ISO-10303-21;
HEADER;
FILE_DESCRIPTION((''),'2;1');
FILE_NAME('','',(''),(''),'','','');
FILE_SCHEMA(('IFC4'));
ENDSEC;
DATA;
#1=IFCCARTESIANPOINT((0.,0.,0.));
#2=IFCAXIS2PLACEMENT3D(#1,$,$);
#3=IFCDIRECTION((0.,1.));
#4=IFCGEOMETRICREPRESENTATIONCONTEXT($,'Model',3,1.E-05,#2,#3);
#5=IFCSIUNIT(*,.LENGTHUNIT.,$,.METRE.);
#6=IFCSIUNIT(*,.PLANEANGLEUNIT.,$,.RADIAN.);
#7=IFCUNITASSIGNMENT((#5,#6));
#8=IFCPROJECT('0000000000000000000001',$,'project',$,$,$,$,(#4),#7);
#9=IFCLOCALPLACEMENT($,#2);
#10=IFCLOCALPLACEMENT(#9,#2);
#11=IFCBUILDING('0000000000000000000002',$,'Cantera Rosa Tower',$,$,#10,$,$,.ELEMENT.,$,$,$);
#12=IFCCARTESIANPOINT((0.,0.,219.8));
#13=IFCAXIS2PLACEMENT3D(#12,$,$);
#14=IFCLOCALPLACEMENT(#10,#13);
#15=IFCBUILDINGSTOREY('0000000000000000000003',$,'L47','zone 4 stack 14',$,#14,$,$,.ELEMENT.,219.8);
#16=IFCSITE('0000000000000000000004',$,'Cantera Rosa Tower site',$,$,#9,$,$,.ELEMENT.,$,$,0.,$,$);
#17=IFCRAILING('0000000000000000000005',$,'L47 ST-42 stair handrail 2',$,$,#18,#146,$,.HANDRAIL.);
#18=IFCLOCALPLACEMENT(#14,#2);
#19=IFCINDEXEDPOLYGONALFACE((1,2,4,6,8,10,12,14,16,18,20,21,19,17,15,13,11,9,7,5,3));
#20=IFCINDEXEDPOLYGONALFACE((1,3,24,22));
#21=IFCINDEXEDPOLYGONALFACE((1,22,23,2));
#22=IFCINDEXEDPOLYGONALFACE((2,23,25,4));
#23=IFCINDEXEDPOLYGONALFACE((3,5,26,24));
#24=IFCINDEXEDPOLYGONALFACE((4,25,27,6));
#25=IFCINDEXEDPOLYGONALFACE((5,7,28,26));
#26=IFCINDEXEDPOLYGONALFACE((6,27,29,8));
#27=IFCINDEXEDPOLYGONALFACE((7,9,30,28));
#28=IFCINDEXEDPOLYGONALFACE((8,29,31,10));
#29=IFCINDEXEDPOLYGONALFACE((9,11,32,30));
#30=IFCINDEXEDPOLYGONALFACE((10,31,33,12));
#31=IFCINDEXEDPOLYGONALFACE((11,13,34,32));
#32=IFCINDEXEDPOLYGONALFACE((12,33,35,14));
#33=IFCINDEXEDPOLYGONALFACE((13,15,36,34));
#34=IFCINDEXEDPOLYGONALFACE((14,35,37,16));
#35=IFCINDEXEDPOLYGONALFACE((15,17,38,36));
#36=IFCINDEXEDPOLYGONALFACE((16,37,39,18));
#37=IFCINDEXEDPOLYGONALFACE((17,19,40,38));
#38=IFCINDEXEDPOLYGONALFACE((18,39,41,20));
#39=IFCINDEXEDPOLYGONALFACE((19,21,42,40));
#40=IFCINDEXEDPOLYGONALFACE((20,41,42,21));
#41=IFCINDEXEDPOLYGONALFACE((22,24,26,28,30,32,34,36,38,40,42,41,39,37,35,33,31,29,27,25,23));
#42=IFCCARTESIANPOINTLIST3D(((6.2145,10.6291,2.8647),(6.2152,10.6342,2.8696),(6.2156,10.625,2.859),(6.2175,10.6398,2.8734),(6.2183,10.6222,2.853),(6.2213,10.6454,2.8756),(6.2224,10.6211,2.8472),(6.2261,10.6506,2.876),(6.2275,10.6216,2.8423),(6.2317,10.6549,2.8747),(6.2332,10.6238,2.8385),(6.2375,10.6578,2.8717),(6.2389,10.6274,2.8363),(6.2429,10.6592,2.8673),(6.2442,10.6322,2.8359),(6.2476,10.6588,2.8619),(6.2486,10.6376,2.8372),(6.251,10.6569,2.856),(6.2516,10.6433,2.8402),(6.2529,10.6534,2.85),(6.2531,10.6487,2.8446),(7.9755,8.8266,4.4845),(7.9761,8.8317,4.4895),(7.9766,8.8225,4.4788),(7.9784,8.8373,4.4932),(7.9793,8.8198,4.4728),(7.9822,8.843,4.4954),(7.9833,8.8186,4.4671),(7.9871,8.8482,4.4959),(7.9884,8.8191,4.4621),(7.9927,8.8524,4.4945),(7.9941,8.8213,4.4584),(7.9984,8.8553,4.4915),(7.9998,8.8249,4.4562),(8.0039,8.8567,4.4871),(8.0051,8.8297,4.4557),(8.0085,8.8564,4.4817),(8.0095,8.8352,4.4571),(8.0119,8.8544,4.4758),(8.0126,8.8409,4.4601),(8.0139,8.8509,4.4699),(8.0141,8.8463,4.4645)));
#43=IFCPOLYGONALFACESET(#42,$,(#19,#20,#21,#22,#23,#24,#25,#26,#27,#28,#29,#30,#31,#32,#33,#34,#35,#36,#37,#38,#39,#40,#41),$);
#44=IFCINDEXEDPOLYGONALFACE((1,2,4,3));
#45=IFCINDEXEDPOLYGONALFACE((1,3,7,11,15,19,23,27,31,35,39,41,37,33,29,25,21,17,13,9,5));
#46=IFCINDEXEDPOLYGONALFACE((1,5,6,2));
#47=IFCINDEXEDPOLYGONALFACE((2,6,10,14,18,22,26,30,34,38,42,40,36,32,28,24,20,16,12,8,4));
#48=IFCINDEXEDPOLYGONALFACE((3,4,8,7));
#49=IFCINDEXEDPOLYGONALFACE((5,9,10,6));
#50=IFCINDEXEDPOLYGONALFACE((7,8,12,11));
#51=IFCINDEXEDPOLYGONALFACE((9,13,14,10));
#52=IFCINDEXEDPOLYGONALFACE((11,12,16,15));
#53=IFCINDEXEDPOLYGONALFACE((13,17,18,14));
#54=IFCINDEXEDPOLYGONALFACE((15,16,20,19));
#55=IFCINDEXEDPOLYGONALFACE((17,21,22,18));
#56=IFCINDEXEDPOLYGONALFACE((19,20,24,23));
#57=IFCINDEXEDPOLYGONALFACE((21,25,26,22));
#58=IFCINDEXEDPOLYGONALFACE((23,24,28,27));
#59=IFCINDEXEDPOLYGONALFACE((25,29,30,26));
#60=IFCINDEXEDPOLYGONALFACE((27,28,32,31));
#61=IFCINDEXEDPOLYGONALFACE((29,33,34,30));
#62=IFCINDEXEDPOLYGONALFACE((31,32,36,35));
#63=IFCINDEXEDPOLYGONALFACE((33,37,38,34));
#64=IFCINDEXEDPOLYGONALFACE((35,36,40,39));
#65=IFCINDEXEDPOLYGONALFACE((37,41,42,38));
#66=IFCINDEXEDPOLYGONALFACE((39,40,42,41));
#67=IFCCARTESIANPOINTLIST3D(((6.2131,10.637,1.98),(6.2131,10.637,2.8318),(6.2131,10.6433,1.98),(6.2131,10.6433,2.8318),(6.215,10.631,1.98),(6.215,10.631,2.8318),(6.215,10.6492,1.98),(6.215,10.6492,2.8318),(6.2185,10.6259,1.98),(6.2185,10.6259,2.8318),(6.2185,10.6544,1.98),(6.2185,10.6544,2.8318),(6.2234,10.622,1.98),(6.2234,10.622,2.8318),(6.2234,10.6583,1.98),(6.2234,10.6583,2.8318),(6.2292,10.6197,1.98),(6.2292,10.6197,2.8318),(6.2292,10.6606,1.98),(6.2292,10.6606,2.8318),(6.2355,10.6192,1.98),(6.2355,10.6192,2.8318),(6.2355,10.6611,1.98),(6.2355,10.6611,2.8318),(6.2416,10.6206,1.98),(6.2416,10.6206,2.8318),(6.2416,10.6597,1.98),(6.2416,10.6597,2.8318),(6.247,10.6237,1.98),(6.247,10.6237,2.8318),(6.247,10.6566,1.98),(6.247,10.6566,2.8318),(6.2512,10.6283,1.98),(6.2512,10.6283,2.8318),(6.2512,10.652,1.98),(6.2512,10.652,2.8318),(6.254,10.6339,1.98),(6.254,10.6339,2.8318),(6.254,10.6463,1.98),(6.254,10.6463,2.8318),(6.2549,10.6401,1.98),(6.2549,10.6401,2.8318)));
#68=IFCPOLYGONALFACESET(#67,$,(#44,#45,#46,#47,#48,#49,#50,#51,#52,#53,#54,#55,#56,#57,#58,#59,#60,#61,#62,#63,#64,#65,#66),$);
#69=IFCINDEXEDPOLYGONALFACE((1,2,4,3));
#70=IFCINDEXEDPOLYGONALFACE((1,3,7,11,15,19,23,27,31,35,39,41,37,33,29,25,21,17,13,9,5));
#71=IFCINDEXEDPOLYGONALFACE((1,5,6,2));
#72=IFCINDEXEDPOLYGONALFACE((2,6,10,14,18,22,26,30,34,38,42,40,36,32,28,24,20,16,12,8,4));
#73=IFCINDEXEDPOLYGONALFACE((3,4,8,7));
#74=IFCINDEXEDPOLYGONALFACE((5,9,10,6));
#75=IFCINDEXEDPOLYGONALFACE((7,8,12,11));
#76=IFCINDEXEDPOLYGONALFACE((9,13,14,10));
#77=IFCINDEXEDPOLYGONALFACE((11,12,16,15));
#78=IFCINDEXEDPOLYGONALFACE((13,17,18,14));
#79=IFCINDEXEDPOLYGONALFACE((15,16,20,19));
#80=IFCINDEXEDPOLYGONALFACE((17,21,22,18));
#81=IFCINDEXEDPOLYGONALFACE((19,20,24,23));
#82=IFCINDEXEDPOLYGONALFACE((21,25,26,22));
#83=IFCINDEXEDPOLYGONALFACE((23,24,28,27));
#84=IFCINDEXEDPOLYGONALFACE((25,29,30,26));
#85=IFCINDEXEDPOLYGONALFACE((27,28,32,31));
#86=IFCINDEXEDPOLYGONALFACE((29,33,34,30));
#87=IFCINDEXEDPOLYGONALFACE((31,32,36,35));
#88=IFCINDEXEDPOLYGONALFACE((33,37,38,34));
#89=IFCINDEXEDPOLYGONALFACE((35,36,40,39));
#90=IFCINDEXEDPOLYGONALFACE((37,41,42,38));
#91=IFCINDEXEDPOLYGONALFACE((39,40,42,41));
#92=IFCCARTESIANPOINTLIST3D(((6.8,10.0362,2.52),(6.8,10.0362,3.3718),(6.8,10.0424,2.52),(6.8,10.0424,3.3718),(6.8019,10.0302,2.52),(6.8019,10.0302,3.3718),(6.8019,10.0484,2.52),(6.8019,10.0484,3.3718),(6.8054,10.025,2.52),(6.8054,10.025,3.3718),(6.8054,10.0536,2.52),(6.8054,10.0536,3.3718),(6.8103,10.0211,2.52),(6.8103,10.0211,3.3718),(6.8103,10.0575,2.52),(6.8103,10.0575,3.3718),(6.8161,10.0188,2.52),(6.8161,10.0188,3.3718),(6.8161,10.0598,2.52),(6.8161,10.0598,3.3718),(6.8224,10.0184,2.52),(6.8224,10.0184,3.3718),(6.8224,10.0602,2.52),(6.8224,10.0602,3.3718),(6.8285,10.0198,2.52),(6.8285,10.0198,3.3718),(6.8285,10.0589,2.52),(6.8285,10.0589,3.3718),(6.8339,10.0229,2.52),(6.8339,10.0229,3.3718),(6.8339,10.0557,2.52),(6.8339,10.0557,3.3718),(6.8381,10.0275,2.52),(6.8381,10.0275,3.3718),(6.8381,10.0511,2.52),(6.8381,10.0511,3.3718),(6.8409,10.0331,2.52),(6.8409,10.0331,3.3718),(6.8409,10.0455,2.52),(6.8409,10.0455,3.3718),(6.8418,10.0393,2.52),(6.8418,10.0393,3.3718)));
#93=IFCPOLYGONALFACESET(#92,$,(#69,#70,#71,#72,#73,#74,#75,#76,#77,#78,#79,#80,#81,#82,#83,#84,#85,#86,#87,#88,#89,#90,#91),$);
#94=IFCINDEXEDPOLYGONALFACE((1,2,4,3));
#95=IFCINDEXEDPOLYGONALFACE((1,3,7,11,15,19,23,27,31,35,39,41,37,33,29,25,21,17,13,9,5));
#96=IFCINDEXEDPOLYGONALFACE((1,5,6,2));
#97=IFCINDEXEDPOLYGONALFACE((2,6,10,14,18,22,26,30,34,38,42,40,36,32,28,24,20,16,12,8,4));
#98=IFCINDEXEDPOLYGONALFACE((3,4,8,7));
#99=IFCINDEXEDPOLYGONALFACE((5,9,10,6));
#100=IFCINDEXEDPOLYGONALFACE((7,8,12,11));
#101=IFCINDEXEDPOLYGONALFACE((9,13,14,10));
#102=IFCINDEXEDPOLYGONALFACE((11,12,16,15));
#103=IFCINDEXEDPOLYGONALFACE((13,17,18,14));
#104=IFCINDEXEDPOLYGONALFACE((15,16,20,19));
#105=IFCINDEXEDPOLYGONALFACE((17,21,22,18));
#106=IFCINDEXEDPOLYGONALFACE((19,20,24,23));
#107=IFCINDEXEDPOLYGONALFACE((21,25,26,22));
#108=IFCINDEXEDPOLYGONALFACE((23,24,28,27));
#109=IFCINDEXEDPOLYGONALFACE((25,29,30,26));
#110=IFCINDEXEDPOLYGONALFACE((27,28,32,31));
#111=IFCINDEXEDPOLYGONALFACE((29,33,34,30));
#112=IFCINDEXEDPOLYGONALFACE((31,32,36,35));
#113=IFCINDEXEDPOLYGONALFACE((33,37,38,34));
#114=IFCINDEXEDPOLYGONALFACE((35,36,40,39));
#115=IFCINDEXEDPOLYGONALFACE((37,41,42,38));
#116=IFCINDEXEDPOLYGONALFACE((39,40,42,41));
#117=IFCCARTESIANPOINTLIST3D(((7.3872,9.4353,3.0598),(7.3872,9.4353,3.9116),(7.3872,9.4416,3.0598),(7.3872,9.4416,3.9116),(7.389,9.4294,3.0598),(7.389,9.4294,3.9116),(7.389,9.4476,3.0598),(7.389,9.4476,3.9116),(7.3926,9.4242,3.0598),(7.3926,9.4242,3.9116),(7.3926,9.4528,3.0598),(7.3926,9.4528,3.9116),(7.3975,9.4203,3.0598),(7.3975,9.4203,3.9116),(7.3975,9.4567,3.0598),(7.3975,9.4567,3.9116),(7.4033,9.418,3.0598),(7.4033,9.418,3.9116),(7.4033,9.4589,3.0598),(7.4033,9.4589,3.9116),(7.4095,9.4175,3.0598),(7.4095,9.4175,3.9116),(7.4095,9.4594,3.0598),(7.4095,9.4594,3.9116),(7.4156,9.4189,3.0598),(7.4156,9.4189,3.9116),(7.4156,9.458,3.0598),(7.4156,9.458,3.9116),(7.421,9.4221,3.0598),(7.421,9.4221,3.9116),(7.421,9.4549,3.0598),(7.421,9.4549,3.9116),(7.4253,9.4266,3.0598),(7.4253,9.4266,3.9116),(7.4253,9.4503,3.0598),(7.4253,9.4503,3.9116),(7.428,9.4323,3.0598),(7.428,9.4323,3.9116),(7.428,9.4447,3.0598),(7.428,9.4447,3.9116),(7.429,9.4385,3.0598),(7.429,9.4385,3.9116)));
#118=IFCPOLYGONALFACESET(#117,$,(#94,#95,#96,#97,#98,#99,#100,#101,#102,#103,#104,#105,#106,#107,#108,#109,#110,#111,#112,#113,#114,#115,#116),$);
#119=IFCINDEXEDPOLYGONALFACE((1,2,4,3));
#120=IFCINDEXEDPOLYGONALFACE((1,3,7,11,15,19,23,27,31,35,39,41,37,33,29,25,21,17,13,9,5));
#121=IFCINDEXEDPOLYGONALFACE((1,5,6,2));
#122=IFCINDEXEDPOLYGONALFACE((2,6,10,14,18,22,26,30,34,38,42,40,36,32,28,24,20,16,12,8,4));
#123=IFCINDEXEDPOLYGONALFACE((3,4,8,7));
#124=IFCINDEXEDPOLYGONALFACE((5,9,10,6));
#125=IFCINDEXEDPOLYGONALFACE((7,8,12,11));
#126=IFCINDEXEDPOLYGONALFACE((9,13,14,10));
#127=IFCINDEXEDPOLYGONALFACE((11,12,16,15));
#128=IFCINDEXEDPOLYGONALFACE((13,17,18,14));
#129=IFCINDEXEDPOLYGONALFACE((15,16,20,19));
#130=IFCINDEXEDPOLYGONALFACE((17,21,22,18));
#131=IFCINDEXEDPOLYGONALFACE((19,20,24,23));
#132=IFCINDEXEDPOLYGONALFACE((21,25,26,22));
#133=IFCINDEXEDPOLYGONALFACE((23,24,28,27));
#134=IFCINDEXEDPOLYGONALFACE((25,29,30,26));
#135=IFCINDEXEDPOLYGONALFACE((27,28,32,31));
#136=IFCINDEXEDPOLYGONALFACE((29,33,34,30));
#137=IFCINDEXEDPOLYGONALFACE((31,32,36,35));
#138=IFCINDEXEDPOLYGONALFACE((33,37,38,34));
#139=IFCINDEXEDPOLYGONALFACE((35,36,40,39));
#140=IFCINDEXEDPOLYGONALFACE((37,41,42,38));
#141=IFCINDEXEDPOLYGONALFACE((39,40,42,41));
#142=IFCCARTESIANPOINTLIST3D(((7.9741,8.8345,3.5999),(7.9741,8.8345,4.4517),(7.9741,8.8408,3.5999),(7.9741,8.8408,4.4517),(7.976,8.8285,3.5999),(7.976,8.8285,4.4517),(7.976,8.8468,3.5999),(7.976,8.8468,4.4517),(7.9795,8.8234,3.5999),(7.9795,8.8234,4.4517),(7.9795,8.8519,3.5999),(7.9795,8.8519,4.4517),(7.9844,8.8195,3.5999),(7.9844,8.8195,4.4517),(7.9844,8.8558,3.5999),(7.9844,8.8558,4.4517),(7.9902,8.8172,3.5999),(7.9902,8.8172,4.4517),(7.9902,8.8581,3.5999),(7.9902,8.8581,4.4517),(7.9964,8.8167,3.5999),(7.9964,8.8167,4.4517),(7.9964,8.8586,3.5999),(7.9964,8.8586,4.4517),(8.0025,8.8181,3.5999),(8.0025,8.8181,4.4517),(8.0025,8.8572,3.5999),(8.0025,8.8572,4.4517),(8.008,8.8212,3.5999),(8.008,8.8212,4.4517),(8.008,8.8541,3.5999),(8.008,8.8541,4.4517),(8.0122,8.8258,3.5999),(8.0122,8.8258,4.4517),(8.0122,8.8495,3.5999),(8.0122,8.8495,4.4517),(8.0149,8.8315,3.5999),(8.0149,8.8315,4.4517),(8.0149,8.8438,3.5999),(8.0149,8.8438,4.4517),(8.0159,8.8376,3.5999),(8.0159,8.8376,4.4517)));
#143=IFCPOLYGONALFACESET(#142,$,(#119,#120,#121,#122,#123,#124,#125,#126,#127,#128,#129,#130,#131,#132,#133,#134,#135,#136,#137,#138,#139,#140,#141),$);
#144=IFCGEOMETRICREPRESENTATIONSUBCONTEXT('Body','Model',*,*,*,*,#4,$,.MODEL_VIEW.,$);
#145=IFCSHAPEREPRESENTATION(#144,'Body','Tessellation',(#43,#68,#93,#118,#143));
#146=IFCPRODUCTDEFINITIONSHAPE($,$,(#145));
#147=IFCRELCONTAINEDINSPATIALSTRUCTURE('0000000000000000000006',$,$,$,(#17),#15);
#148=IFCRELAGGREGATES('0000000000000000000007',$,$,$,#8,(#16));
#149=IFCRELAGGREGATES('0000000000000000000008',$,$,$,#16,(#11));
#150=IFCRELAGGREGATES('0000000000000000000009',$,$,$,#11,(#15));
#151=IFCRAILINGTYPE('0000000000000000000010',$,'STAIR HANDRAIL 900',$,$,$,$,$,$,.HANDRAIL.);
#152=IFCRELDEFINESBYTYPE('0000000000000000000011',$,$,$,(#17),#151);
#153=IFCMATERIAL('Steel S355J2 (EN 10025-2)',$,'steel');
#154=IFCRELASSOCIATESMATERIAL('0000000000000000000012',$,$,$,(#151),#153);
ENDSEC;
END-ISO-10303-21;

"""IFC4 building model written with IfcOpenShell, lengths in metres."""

from ifc_helpers import new_model, si_unit, direction, frame, origin, origin_2d, place, context, subcontext, project, spatial, circle, extrude, material, type_object, element, save


model = new_model("IFC4")

# Units and contexts
model_context = context("Model", 3, precision=1e-05, world=origin(), true_north=direction((0.0, 1.0)))
body_context = subcontext(model_context, "Body", "Model", "MODEL_VIEW")
ifc_project = project(units=[si_unit("LENGTHUNIT", "METRE"), si_unit("PLANEANGLEUNIT", "RADIAN")], contexts=[model_context])

# Site, building, storey
site_placement = place(None, origin())
site = spatial("IfcSite", under=ifc_project, at=site_placement, Name="Cantera Rosa Tower site", CompositionType="ELEMENT", RefElevation=0.0)
building_placement = place(site_placement, origin())
building = spatial("IfcBuilding", under=site, at=building_placement, Name="Cantera Rosa Tower", CompositionType="ELEMENT")
storey_placement = place(building_placement, frame((0.0, 0.0, 219.8)))
storey = spatial("IfcBuildingStorey", under=building, at=storey_placement, Name="L47", Description="zone 4 stack 14", CompositionType="ELEMENT", Elevation=219.8)

# Railing
ifc_material_1 = material(Name="Steel S355J2 (EN 10025-2)", Category="steel")
railing_type_1 = type_object("IfcRailingType", Name="STAIR HANDRAIL 900", PredefinedType="HANDRAIL", material=ifc_material_1)
railing_1_placement = place(storey_placement, frame((6.2339, 10.6401, 1.98)))
element("IfcRailing", 1, at=railing_1_placement, inside=storey, type_object=railing_type_1, Name="L47 ST-42 stair handrail 2", PredefinedType="HANDRAIL", context=body_context, shape_type="SweptSolid", body=[
    extrude(circle(Radius=0.0239, at=origin_2d()), frame((0.0, 0.0, 0.876), z_axis=(0.587844, -0.601699, 0.540738), x_axis=(0.715294, 0.698824, 0.0)), (0.0, 0.0, 1.0), 2.9956),
    extrude(circle(Radius=0.021, at=origin_2d()), origin(), (0.0, 0.0, 1.0), 0.8518),
    extrude(circle(Radius=0.021, at=origin_2d()), frame((0.5869, -0.6008, 0.54)), (0.0, 0.0, 1.0), 0.8518),
    extrude(circle(Radius=0.021, at=origin_2d()), frame((1.1741, -1.2017, 1.0798)), (0.0, 0.0, 1.0), 0.8518),
    extrude(circle(Radius=0.021, at=origin_2d()), frame((1.761, -1.8025, 1.6199)), (0.0, 0.0, 1.0), 0.8518),
])

save(model, "model.ifc")
